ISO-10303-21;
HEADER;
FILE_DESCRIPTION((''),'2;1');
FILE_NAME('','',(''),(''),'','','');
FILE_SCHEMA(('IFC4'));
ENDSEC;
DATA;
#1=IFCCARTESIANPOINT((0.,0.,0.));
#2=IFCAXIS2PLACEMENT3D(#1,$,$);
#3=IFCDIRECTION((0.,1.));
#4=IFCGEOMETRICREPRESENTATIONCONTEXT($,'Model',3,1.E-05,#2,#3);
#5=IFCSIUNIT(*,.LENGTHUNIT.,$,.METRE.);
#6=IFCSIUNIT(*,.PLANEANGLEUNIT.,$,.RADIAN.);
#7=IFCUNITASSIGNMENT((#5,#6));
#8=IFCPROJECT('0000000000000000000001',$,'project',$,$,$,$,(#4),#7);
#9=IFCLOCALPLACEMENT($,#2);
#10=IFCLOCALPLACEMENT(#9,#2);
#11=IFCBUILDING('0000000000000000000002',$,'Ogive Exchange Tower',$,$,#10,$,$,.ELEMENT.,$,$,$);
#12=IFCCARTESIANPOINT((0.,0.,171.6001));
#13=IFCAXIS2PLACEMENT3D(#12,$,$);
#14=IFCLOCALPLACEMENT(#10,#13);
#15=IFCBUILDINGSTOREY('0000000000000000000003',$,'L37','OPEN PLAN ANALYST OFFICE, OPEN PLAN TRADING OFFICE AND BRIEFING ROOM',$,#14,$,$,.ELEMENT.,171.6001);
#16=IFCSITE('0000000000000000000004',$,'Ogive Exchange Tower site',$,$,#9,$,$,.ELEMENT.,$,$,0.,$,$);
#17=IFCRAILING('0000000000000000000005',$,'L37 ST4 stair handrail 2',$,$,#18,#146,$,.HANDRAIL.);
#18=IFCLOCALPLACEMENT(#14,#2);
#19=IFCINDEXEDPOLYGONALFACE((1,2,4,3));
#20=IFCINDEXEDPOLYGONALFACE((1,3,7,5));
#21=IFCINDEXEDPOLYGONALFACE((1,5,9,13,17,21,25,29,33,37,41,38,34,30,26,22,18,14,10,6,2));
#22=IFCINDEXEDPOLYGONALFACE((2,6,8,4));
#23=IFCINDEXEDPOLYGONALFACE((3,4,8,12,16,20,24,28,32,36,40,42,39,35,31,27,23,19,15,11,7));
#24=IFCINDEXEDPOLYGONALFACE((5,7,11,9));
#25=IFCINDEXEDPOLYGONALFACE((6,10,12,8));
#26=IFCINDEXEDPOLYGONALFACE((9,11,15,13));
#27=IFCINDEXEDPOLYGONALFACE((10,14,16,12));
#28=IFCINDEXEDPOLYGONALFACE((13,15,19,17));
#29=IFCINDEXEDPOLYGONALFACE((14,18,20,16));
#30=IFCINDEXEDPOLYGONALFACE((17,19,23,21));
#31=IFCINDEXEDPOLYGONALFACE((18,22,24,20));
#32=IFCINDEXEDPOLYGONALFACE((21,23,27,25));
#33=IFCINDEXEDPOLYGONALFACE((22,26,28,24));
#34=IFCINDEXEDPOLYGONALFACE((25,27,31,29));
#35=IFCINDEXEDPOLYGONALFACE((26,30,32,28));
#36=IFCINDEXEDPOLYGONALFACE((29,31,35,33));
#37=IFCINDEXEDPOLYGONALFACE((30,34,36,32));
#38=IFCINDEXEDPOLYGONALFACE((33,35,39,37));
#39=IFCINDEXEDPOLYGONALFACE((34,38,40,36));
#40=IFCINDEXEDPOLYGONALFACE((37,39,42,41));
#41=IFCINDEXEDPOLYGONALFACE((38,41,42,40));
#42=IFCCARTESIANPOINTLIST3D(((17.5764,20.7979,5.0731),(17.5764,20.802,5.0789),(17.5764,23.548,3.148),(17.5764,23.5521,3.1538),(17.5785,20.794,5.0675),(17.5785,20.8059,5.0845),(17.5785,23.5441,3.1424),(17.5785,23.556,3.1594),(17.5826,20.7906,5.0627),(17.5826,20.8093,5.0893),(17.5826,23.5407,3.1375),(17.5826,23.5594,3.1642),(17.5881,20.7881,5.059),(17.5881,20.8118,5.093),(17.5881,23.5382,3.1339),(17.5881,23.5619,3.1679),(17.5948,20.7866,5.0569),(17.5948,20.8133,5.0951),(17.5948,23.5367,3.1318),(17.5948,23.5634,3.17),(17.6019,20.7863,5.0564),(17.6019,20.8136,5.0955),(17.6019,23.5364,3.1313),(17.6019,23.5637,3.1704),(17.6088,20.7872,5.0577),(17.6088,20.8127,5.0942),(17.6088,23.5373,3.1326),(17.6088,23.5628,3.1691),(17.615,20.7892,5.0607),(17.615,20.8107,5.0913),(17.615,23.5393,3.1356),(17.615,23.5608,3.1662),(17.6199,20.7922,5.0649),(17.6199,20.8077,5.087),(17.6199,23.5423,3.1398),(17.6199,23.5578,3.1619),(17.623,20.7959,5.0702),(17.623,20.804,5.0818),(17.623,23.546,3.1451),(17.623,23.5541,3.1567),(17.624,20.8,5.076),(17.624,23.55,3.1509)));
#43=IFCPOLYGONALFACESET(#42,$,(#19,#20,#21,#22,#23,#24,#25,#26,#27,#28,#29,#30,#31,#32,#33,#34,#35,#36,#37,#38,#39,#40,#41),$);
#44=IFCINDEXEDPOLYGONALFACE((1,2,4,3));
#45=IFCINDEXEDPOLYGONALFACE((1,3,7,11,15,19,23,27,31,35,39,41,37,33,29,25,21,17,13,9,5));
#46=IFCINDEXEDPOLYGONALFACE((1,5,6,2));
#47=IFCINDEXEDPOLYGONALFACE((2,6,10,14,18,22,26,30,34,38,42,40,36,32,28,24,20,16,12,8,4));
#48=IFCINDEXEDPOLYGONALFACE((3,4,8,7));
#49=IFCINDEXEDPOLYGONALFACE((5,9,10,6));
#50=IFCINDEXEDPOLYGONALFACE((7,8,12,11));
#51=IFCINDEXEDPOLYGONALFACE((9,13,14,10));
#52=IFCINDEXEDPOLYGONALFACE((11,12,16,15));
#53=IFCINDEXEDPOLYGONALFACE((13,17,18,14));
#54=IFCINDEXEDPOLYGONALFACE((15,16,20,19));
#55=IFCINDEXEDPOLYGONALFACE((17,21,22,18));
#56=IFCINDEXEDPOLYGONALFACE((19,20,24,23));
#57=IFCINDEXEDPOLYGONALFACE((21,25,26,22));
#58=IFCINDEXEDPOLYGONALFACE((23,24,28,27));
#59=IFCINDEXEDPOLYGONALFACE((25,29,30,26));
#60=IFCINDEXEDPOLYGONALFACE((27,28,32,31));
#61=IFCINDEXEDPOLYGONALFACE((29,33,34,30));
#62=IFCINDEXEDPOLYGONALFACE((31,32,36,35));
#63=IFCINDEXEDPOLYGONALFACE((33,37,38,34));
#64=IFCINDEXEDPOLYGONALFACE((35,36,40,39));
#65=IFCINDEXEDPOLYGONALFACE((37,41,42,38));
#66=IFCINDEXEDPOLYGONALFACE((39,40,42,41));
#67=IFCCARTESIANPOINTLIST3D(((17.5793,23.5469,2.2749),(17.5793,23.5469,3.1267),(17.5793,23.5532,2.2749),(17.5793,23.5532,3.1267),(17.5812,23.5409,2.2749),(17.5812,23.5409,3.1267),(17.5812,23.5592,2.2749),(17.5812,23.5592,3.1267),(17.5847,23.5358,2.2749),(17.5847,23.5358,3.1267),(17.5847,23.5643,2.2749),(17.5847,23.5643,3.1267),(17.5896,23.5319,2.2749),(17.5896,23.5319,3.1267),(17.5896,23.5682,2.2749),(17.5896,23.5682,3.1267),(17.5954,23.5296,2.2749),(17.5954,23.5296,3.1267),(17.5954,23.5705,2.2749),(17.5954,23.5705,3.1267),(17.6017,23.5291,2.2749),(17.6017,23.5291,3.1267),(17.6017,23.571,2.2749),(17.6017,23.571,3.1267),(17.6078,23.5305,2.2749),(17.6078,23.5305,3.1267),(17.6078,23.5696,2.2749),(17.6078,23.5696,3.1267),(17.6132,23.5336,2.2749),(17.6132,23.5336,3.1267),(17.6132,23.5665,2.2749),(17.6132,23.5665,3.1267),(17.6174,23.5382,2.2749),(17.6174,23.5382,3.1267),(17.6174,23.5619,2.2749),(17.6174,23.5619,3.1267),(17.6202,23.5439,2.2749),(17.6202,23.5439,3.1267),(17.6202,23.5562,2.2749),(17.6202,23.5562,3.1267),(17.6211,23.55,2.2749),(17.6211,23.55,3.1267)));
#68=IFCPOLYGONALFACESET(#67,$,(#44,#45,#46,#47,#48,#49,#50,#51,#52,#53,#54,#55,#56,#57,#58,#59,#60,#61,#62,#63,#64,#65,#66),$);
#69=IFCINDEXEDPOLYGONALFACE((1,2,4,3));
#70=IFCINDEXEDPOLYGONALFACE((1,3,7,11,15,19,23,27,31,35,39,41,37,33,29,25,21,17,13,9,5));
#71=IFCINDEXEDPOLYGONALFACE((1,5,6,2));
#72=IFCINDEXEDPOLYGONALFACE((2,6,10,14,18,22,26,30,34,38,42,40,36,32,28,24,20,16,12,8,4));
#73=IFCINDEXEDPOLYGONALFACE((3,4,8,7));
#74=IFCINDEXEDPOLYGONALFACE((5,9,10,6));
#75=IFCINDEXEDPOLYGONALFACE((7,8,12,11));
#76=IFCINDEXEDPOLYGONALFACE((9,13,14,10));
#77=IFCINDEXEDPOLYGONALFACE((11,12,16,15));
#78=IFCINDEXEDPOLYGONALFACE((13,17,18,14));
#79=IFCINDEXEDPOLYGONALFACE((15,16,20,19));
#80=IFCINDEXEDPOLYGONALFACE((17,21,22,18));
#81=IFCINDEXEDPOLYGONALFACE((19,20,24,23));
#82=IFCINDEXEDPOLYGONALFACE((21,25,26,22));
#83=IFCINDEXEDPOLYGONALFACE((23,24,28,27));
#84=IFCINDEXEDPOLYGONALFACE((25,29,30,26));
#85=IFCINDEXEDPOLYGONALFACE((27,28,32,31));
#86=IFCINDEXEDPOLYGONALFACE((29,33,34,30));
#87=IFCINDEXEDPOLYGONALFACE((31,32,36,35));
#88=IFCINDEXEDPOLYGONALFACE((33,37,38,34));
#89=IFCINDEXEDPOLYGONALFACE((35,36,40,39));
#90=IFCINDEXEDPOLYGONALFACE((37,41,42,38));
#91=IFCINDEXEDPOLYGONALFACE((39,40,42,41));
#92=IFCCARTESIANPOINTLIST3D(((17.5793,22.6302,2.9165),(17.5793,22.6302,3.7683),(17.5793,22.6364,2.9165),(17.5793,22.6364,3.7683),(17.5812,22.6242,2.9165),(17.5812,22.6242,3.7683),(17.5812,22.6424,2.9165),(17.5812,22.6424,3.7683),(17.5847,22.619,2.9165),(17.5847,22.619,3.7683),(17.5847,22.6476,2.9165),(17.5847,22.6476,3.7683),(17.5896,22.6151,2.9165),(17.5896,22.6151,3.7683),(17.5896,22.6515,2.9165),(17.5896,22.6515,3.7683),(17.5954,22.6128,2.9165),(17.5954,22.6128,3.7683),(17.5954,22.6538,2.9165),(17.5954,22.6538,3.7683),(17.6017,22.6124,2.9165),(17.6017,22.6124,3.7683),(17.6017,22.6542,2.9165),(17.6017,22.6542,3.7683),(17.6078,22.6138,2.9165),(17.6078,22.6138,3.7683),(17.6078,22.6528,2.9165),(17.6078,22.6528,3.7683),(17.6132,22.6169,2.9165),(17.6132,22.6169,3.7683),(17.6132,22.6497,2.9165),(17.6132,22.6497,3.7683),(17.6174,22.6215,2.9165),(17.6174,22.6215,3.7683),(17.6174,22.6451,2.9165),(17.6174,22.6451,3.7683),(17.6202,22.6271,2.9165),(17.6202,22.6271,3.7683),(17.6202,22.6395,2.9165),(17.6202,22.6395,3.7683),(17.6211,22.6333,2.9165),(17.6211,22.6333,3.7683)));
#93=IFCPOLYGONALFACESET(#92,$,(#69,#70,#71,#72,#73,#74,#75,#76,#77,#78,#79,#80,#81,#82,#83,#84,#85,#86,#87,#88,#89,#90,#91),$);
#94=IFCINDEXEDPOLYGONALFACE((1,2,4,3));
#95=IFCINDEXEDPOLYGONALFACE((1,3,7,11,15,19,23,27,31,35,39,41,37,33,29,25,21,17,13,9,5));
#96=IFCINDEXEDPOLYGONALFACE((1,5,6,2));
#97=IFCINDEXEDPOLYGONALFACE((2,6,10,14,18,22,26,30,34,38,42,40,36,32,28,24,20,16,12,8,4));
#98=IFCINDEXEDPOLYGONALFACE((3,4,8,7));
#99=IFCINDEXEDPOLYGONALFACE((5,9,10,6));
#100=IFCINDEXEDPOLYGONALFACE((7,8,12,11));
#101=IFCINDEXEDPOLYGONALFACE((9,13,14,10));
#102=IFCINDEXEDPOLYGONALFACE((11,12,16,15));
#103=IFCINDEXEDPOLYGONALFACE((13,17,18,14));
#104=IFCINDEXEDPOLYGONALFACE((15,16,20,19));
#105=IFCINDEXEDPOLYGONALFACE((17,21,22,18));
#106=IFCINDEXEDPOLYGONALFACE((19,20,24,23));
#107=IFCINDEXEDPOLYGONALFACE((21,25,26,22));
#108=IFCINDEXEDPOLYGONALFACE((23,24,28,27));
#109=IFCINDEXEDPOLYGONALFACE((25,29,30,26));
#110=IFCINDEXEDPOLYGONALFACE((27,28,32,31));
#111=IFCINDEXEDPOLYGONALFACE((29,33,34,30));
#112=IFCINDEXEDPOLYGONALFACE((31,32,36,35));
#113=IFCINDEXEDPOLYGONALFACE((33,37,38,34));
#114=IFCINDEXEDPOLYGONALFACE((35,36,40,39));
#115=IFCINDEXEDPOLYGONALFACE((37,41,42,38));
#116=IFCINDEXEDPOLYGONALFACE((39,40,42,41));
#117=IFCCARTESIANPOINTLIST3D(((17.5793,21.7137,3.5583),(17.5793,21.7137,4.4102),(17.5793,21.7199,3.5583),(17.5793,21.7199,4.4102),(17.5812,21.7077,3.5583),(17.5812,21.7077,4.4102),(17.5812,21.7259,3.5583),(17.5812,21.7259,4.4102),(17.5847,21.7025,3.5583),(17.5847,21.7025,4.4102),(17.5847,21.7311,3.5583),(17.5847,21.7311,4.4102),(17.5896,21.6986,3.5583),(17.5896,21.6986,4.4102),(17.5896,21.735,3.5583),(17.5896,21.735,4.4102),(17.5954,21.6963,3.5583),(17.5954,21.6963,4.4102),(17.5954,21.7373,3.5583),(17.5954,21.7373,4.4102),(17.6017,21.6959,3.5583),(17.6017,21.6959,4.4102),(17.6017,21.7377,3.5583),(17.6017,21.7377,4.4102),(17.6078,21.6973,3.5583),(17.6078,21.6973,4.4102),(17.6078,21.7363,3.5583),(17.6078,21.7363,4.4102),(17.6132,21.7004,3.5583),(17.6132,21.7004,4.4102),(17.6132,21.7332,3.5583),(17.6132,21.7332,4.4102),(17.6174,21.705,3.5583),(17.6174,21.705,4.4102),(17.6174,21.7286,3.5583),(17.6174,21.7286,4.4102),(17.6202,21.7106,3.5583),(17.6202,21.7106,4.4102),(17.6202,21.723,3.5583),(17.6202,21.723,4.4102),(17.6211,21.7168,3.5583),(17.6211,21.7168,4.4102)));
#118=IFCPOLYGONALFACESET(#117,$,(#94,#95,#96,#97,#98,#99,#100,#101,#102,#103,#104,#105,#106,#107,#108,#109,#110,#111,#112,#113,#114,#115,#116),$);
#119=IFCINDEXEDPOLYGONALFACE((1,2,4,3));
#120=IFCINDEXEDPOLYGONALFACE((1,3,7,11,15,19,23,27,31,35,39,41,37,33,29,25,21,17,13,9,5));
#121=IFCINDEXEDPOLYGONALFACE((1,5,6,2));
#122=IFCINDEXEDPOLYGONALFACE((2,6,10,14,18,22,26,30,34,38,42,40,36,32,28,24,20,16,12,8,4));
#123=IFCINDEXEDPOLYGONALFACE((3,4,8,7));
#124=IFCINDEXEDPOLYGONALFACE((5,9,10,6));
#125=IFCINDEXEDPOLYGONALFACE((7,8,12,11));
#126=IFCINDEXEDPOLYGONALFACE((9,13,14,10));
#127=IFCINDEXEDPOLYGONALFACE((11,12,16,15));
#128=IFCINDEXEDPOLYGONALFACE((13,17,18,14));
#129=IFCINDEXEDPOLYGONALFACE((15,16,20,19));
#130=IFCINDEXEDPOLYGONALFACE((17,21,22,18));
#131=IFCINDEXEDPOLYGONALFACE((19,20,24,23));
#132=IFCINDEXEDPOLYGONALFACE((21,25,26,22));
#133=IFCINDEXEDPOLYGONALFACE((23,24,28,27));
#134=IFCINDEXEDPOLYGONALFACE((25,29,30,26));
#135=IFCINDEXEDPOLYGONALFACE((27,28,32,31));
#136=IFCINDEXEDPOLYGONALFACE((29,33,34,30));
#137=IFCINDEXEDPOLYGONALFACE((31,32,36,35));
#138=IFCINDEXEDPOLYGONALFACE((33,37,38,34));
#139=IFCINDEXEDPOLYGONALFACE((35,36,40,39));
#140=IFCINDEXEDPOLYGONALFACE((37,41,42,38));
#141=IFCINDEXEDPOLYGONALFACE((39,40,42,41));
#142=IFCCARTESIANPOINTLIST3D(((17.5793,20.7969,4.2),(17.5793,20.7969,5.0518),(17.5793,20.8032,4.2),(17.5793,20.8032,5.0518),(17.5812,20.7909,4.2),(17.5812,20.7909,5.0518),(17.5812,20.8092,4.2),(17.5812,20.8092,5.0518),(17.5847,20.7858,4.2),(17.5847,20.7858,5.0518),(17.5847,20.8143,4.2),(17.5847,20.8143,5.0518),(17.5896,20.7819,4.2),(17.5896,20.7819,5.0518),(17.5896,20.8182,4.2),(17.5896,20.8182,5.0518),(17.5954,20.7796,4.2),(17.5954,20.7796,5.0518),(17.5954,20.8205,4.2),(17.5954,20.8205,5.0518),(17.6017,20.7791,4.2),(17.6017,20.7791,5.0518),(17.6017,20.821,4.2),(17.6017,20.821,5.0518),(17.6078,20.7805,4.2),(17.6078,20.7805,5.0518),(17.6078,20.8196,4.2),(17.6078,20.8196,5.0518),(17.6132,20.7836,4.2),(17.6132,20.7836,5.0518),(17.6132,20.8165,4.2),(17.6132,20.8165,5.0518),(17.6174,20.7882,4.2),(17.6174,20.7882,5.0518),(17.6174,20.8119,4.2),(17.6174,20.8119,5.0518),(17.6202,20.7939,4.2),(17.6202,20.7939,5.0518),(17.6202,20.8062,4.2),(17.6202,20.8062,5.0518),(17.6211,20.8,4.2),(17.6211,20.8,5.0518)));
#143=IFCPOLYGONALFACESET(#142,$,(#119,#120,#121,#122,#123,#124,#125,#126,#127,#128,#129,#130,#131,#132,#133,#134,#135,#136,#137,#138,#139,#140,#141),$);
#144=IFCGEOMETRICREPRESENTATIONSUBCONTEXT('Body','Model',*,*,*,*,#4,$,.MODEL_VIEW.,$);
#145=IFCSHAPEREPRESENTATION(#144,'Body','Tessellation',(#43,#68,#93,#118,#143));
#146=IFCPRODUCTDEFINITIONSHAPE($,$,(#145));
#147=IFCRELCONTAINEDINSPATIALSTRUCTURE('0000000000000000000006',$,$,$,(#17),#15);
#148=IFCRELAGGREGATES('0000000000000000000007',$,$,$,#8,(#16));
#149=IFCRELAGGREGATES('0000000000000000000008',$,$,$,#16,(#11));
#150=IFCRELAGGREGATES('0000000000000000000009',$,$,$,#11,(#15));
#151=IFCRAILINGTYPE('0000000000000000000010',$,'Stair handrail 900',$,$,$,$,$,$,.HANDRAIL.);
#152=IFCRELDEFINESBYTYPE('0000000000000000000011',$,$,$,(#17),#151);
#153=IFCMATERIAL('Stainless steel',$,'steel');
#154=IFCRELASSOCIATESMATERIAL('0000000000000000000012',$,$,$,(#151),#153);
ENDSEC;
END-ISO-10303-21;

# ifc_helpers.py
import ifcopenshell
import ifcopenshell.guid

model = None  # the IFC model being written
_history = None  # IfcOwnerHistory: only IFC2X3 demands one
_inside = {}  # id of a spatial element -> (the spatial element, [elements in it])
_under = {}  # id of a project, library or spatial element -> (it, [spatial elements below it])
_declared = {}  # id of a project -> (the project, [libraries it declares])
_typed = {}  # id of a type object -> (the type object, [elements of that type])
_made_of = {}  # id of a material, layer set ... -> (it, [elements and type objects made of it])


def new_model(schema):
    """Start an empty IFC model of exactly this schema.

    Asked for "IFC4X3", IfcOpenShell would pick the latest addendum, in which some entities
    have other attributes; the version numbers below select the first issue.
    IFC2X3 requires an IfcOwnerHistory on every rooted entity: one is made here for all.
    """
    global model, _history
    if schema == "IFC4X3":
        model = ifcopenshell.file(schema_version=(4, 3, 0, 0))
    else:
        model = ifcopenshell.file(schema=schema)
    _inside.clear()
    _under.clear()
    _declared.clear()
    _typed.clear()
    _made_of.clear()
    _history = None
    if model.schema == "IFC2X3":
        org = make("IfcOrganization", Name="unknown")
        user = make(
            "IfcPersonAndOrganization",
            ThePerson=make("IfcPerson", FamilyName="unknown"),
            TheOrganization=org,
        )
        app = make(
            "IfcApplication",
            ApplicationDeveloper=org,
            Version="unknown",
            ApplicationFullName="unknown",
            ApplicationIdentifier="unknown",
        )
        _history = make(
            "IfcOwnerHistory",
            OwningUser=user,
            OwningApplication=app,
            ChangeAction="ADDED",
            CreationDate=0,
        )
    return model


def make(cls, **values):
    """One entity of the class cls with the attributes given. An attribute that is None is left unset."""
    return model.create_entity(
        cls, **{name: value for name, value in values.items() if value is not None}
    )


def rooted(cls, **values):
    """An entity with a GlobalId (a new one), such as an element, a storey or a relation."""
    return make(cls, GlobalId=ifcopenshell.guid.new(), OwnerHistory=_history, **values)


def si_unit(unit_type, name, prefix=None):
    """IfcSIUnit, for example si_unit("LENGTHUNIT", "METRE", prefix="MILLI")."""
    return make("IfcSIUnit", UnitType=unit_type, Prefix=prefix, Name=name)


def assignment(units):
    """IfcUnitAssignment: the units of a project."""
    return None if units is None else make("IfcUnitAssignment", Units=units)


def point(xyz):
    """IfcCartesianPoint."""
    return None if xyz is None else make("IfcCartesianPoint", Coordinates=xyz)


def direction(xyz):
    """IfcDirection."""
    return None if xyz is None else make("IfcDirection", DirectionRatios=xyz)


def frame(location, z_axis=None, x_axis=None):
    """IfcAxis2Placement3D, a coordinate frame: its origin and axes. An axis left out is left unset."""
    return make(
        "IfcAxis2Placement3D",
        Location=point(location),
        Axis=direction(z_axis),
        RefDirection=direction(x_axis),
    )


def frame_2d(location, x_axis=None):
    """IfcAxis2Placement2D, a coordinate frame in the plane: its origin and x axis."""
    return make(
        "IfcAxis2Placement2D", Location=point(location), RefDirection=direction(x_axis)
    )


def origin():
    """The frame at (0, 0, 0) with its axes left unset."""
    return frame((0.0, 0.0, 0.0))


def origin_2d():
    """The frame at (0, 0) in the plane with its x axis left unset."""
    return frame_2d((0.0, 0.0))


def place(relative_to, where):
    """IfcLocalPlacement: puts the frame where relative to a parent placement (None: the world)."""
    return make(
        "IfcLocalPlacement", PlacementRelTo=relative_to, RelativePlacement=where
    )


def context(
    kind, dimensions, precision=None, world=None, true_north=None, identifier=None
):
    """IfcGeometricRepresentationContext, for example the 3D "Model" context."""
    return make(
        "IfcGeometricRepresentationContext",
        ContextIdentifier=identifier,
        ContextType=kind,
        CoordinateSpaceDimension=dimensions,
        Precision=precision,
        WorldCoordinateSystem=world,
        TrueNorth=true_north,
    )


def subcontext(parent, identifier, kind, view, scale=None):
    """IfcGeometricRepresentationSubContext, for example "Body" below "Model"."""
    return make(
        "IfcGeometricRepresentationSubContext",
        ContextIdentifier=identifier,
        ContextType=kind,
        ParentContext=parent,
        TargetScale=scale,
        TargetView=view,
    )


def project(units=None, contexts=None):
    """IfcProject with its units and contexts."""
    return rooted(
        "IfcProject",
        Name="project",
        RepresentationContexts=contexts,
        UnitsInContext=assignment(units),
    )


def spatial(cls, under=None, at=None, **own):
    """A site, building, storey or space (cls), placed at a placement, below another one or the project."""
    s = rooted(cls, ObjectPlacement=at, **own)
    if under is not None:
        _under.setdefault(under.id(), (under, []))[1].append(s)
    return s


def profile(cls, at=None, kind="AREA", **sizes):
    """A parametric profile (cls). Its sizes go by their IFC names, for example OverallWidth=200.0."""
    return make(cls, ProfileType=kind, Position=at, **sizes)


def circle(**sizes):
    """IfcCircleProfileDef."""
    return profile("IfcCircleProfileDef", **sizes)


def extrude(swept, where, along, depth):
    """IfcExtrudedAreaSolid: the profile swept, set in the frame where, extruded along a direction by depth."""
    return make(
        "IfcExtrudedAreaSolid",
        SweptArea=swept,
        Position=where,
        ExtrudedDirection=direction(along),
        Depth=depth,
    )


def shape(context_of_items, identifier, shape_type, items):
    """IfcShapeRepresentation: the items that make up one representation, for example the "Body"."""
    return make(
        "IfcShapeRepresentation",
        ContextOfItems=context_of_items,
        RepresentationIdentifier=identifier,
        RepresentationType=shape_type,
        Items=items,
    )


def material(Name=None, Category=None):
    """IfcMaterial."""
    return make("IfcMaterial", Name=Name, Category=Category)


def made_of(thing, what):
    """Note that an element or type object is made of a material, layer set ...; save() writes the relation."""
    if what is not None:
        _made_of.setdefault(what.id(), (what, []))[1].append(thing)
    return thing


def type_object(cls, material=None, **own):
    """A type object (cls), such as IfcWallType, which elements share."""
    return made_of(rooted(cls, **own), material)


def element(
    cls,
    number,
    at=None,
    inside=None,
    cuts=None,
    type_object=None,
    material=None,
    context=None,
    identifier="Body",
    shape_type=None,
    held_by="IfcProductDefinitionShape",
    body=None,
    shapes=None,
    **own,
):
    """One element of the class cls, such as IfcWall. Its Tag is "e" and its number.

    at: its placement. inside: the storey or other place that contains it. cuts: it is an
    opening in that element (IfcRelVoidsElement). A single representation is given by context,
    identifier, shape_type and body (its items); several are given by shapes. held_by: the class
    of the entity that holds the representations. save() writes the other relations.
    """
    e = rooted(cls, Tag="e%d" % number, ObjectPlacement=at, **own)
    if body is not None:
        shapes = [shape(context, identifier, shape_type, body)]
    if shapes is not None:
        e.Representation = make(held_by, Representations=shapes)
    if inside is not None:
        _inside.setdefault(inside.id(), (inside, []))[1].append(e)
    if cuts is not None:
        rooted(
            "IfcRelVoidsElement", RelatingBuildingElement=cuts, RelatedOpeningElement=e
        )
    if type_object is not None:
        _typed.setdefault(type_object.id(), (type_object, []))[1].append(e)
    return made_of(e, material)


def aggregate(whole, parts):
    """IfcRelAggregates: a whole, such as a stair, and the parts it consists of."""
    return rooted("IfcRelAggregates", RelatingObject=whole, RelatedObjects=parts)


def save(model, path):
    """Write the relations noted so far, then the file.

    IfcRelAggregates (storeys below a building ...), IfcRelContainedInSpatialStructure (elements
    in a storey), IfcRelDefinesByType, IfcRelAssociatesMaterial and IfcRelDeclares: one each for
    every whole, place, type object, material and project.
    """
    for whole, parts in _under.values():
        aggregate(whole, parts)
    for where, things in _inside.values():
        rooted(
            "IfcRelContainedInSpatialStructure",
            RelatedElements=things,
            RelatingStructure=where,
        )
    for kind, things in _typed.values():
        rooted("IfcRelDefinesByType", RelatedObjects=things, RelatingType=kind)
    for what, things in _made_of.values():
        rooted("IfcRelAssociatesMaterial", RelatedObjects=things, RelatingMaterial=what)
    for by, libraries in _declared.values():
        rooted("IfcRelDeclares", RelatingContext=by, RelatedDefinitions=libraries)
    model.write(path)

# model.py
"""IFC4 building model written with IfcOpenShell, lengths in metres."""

from ifc_helpers import new_model, si_unit, direction, frame, origin, origin_2d, place, context, subcontext, project, spatial, circle, extrude, material, type_object, element, save


model = new_model("IFC4")

# Units and contexts
model_context = context("Model", 3, precision=1e-05, world=origin(), true_north=direction((0.0, 1.0)))
body_context = subcontext(model_context, "Body", "Model", "MODEL_VIEW")
ifc_project = project(units=[si_unit("LENGTHUNIT", "METRE"), si_unit("PLANEANGLEUNIT", "RADIAN")], contexts=[model_context])

# Site, building, storey
site_placement = place(None, origin())
site = spatial("IfcSite", under=ifc_project, at=site_placement, Name="Ogive Exchange Tower site", CompositionType="ELEMENT", RefElevation=0.0)
building_placement = place(site_placement, origin())
building = spatial("IfcBuilding", under=site, at=building_placement, Name="Ogive Exchange Tower", CompositionType="ELEMENT")
storey_placement = place(building_placement, frame((0.0, 0.0, 171.6001)))
storey = spatial("IfcBuildingStorey", under=building, at=storey_placement, Name="L37", Description="OPEN PLAN ANALYST OFFICE, OPEN PLAN TRADING OFFICE AND BRIEFING ROOM", CompositionType="ELEMENT", Elevation=171.6001)

# Railing
ifc_material_1 = material(Name="Stainless steel", Category="steel")
railing_type = type_object("IfcRailingType", Name="Stair handrail 900", PredefinedType="HANDRAIL", material=ifc_material_1)
railing_placement = place(storey_placement, frame((17.6001, 23.55, 2.2749)))
element("IfcRailing", 1, at=railing_placement, inside=storey, type_object=railing_type, Name="L37 ST4 stair handrail 2", PredefinedType="HANDRAIL", context=body_context, shape_type="SweptSolid", body=[
    extrude(circle(Radius=0.0239, at=origin_2d()), frame((0.0, 0.0, 0.876), z_axis=(0.0, -0.819225, 0.573472), x_axis=(1.0, 0.0, 0.0)), (0.0, 0.0, 1.0), 3.3569),
    extrude(circle(Radius=0.021, at=origin_2d()), origin(), (0.0, 0.0, 1.0), 0.8518),
    extrude(circle(Radius=0.021, at=origin_2d()), frame((0.0, -0.9167, 0.6416)), (0.0, 0.0, 1.0), 0.8518),
    extrude(circle(Radius=0.021, at=origin_2d()), frame((0.0, -1.8333, 1.2834)), (0.0, 0.0, 1.0), 0.8518),
    extrude(circle(Radius=0.021, at=origin_2d()), frame((0.0, -2.75, 1.925)), (0.0, 0.0, 1.0), 0.8518),
])

save(model, "model.ifc")
